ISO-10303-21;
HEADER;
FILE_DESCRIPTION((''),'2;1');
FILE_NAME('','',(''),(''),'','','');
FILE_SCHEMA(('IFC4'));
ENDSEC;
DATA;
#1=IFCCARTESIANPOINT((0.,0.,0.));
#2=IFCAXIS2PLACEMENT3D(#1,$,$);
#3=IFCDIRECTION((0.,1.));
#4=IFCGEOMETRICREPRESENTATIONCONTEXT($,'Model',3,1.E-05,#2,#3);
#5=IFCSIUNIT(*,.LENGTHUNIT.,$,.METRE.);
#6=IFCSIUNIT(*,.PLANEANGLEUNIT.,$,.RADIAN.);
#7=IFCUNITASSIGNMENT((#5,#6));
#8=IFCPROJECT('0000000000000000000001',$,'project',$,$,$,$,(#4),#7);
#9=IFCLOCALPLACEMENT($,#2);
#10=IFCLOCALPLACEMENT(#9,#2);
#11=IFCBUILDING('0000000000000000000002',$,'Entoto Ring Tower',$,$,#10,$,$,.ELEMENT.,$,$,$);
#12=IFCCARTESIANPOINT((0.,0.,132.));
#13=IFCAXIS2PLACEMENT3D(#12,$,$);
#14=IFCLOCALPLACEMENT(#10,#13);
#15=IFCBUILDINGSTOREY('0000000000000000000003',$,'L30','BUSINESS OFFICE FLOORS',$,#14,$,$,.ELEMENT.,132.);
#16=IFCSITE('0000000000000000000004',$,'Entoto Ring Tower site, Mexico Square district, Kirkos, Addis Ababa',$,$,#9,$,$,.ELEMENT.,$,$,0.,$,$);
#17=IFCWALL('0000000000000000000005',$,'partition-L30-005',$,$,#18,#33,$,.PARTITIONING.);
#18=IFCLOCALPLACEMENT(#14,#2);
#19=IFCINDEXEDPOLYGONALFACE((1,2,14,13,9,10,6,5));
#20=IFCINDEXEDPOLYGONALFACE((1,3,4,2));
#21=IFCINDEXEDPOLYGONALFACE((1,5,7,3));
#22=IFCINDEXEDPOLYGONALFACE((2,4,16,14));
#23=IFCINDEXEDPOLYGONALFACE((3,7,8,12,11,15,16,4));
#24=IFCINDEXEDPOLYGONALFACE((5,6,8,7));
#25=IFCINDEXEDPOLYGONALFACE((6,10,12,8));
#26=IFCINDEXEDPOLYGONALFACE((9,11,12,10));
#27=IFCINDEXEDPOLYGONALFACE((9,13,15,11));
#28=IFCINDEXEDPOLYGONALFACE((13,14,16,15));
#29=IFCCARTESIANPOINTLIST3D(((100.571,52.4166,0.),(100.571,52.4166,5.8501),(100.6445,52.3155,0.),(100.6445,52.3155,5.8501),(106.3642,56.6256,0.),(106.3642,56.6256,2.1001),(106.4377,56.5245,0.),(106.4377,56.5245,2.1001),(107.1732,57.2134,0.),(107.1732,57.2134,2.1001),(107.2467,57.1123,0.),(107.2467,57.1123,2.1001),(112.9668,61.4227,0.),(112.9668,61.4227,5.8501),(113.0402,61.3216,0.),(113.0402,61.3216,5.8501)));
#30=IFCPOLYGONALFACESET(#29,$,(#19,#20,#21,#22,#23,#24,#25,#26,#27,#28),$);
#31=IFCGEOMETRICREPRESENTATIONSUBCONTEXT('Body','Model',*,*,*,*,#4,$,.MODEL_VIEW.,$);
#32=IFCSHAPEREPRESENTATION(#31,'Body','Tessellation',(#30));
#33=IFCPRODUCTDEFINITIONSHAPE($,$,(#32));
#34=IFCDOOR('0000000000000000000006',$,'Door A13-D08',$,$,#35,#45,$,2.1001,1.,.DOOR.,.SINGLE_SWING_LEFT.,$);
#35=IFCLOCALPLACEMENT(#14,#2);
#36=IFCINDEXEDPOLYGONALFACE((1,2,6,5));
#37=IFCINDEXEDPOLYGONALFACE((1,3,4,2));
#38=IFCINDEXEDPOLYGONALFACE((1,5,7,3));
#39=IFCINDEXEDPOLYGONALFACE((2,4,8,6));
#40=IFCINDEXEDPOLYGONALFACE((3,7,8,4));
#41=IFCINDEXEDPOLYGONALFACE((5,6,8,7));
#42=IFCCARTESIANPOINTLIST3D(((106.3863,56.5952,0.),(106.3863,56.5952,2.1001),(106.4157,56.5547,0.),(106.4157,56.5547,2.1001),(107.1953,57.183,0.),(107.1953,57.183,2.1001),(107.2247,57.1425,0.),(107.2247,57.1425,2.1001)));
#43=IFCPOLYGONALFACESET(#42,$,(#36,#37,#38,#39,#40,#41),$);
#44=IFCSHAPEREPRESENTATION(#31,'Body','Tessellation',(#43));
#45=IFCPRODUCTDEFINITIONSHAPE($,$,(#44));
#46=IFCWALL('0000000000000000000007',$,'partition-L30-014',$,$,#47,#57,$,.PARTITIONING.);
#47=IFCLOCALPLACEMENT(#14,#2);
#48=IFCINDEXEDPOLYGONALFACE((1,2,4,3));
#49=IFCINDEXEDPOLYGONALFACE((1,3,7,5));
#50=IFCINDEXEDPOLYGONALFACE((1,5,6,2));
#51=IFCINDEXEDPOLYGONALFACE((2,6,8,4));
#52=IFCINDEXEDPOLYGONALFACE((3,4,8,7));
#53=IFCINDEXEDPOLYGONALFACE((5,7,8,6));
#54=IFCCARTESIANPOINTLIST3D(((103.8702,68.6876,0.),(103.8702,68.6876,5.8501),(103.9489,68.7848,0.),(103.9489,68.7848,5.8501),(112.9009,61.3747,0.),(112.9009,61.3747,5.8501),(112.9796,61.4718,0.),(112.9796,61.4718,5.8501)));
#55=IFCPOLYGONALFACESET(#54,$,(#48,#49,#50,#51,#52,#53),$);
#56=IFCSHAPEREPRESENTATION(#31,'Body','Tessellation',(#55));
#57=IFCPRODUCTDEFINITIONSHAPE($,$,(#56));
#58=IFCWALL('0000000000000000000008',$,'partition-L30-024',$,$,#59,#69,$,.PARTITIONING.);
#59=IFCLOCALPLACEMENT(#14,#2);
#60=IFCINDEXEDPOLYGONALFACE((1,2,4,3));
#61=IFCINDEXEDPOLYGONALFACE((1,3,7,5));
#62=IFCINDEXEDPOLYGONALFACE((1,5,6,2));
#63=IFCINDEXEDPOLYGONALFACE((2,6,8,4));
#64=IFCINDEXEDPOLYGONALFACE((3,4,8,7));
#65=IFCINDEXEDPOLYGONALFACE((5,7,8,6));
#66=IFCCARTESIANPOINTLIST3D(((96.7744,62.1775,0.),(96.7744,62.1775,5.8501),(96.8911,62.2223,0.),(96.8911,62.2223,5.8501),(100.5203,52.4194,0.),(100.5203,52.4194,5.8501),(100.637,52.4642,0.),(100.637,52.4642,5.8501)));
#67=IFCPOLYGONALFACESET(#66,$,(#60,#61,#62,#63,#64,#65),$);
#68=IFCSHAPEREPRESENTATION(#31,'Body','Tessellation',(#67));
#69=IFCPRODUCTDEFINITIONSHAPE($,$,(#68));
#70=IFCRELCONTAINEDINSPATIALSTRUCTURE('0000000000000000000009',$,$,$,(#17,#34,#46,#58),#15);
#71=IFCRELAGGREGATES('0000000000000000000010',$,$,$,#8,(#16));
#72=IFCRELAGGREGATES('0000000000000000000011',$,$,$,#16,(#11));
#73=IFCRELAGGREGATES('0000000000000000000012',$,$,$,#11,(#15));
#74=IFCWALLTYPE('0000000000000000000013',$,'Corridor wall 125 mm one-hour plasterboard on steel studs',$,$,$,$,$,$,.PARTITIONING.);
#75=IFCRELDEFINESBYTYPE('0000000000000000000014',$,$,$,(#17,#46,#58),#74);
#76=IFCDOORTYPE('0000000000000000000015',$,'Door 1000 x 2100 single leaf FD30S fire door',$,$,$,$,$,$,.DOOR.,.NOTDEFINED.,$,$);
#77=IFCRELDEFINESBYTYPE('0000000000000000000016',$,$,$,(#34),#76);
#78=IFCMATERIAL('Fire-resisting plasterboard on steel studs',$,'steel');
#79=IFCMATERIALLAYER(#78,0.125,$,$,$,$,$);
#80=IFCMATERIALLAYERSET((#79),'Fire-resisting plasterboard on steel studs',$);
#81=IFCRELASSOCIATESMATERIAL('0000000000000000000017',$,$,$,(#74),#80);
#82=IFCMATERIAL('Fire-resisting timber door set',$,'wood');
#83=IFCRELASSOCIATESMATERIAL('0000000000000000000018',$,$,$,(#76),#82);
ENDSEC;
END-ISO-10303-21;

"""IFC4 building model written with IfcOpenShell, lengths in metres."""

from ifc_helpers import new_model, si_unit, direction, frame, frame_2d, origin, place, context, subcontext, project, spatial, rectangle, extrude, material, layer, layer_set, type_object, element, fill, save


model = new_model("IFC4")

# Units and contexts
model_context = context("Model", 3, precision=1e-05, world=origin(), true_north=direction((0.0, 1.0)))
body_context = subcontext(model_context, "Body", "Model", "MODEL_VIEW")
ifc_project = project(units=[si_unit("LENGTHUNIT", "METRE"), si_unit("PLANEANGLEUNIT", "RADIAN")], contexts=[model_context])

# Site, building, storey
site_placement = place(None, origin())
site = spatial("IfcSite", under=ifc_project, at=site_placement, Name="Entoto Ring Tower site, Mexico Square district, Kirkos, Addis Ababa", CompositionType="ELEMENT", RefElevation=0.0)
building_placement = place(site_placement, origin())
building = spatial("IfcBuilding", under=site, at=building_placement, Name="Entoto Ring Tower", CompositionType="ELEMENT")
storey_placement = place(building_placement, frame((0.0, 0.0, 132.0)))
storey = spatial("IfcBuildingStorey", under=building, at=storey_placement, Name="L30", Description="BUSINESS OFFICE FLOORS", CompositionType="ELEMENT", Elevation=132.0)

# Wall, opening, door
ifc_material_1 = material(Name="Fire-resisting plasterboard on steel studs", Category="steel")
ifc_layer = layer(ifc_material_1, 0.125)
ifc_layer_set = layer_set([ifc_layer], Name="Fire-resisting plasterboard on steel studs")
wall_type = type_object("IfcWallType", Name="Corridor wall 125 mm one-hour plasterboard on steel studs", PredefinedType="PARTITIONING", material=ifc_layer_set)
wall_1_placement = place(storey_placement, frame((100.6077, 52.366, 0.0), z_axis=(0.0, 0.0, 1.0), x_axis=(0.809015, 0.587788, 0.0)))
wall_1 = element("IfcWall", 1, at=wall_1_placement, inside=storey, type_object=wall_type, Name="partition-L30-005", PredefinedType="PARTITIONING", context=body_context, shape_type="SweptSolid", body=[
    extrude(rectangle(XDim=15.322, YDim=0.125, at=frame_2d((7.6611, 0.0))), origin(), (0.0, 0.0, 1.0), 5.8501),
])
opening_placement = place(wall_1_placement, frame((7.1609, 0.0, 0.0)))
opening = element("IfcOpeningElement", 2, at=opening_placement, cuts=wall_1, PredefinedType="OPENING", context=body_context, shape_type="SweptSolid", body=[
    extrude(rectangle(XDim=1.0, YDim=2.1001, at=frame_2d((0.5, 1.05))), frame((0.0, 0.0725, 0.0), z_axis=(0.0, -1.0, 0.0), x_axis=(1.0, 0.0, 0.0)), (0.0, 0.0, 1.0), 0.145),
])
ifc_material_2 = material(Name="Fire-resisting timber door set", Category="wood")
door_type = type_object("IfcDoorType", Name="Door 1000 x 2100 single leaf FD30S fire door", OperationType="NOTDEFINED", PredefinedType="DOOR", material=ifc_material_2)
door_placement = place(opening_placement, origin())
door = element("IfcDoor", 3, at=door_placement, inside=storey, type_object=door_type, Name="Door A13-D08", OperationType="SINGLE_SWING_LEFT", OverallHeight=2.1001, OverallWidth=1.0, PredefinedType="DOOR", context=body_context, shape_type="SweptSolid", body=[
    extrude(rectangle(XDim=1.0, YDim=2.1001, at=frame_2d((0.5, 1.05))), frame((0.0, 0.0249, 0.0), z_axis=(0.0, -1.0, 0.0), x_axis=(1.0, 0.0, 0.0)), (0.0, 0.0, 1.0), 0.05),
])
fill(opening, door)

# Walls
wall_2_placement = place(storey_placement, frame((112.9402, 61.4233, 0.0), z_axis=(0.0, 0.0, 1.0), x_axis=(-0.777145, 0.629322, 0.0)))
element("IfcWall", 4, at=wall_2_placement, inside=storey, type_object=wall_type, Name="partition-L30-014", PredefinedType="PARTITIONING", context=body_context, shape_type="SweptSolid", body=[
    extrude(rectangle(XDim=11.6204, YDim=0.125, at=frame_2d((5.8101, 0.0))), origin(), (0.0, 0.0, 1.0), 5.8501),
])
wall_3_placement = place(storey_placement, frame((100.5786, 52.4419, 0.0), z_axis=(0.0, 0.0, 1.0), x_axis=(-0.358375, 0.933578, 0.0)))
element("IfcWall", 5, at=wall_3_placement, inside=storey, type_object=wall_type, Name="partition-L30-024", PredefinedType="PARTITIONING", context=body_context, shape_type="SweptSolid", body=[
    extrude(rectangle(XDim=10.4524, YDim=0.125, at=frame_2d((5.2261, 0.0))), origin(), (0.0, 0.0, 1.0), 5.8501),
])

save(model, "model.ifc")
